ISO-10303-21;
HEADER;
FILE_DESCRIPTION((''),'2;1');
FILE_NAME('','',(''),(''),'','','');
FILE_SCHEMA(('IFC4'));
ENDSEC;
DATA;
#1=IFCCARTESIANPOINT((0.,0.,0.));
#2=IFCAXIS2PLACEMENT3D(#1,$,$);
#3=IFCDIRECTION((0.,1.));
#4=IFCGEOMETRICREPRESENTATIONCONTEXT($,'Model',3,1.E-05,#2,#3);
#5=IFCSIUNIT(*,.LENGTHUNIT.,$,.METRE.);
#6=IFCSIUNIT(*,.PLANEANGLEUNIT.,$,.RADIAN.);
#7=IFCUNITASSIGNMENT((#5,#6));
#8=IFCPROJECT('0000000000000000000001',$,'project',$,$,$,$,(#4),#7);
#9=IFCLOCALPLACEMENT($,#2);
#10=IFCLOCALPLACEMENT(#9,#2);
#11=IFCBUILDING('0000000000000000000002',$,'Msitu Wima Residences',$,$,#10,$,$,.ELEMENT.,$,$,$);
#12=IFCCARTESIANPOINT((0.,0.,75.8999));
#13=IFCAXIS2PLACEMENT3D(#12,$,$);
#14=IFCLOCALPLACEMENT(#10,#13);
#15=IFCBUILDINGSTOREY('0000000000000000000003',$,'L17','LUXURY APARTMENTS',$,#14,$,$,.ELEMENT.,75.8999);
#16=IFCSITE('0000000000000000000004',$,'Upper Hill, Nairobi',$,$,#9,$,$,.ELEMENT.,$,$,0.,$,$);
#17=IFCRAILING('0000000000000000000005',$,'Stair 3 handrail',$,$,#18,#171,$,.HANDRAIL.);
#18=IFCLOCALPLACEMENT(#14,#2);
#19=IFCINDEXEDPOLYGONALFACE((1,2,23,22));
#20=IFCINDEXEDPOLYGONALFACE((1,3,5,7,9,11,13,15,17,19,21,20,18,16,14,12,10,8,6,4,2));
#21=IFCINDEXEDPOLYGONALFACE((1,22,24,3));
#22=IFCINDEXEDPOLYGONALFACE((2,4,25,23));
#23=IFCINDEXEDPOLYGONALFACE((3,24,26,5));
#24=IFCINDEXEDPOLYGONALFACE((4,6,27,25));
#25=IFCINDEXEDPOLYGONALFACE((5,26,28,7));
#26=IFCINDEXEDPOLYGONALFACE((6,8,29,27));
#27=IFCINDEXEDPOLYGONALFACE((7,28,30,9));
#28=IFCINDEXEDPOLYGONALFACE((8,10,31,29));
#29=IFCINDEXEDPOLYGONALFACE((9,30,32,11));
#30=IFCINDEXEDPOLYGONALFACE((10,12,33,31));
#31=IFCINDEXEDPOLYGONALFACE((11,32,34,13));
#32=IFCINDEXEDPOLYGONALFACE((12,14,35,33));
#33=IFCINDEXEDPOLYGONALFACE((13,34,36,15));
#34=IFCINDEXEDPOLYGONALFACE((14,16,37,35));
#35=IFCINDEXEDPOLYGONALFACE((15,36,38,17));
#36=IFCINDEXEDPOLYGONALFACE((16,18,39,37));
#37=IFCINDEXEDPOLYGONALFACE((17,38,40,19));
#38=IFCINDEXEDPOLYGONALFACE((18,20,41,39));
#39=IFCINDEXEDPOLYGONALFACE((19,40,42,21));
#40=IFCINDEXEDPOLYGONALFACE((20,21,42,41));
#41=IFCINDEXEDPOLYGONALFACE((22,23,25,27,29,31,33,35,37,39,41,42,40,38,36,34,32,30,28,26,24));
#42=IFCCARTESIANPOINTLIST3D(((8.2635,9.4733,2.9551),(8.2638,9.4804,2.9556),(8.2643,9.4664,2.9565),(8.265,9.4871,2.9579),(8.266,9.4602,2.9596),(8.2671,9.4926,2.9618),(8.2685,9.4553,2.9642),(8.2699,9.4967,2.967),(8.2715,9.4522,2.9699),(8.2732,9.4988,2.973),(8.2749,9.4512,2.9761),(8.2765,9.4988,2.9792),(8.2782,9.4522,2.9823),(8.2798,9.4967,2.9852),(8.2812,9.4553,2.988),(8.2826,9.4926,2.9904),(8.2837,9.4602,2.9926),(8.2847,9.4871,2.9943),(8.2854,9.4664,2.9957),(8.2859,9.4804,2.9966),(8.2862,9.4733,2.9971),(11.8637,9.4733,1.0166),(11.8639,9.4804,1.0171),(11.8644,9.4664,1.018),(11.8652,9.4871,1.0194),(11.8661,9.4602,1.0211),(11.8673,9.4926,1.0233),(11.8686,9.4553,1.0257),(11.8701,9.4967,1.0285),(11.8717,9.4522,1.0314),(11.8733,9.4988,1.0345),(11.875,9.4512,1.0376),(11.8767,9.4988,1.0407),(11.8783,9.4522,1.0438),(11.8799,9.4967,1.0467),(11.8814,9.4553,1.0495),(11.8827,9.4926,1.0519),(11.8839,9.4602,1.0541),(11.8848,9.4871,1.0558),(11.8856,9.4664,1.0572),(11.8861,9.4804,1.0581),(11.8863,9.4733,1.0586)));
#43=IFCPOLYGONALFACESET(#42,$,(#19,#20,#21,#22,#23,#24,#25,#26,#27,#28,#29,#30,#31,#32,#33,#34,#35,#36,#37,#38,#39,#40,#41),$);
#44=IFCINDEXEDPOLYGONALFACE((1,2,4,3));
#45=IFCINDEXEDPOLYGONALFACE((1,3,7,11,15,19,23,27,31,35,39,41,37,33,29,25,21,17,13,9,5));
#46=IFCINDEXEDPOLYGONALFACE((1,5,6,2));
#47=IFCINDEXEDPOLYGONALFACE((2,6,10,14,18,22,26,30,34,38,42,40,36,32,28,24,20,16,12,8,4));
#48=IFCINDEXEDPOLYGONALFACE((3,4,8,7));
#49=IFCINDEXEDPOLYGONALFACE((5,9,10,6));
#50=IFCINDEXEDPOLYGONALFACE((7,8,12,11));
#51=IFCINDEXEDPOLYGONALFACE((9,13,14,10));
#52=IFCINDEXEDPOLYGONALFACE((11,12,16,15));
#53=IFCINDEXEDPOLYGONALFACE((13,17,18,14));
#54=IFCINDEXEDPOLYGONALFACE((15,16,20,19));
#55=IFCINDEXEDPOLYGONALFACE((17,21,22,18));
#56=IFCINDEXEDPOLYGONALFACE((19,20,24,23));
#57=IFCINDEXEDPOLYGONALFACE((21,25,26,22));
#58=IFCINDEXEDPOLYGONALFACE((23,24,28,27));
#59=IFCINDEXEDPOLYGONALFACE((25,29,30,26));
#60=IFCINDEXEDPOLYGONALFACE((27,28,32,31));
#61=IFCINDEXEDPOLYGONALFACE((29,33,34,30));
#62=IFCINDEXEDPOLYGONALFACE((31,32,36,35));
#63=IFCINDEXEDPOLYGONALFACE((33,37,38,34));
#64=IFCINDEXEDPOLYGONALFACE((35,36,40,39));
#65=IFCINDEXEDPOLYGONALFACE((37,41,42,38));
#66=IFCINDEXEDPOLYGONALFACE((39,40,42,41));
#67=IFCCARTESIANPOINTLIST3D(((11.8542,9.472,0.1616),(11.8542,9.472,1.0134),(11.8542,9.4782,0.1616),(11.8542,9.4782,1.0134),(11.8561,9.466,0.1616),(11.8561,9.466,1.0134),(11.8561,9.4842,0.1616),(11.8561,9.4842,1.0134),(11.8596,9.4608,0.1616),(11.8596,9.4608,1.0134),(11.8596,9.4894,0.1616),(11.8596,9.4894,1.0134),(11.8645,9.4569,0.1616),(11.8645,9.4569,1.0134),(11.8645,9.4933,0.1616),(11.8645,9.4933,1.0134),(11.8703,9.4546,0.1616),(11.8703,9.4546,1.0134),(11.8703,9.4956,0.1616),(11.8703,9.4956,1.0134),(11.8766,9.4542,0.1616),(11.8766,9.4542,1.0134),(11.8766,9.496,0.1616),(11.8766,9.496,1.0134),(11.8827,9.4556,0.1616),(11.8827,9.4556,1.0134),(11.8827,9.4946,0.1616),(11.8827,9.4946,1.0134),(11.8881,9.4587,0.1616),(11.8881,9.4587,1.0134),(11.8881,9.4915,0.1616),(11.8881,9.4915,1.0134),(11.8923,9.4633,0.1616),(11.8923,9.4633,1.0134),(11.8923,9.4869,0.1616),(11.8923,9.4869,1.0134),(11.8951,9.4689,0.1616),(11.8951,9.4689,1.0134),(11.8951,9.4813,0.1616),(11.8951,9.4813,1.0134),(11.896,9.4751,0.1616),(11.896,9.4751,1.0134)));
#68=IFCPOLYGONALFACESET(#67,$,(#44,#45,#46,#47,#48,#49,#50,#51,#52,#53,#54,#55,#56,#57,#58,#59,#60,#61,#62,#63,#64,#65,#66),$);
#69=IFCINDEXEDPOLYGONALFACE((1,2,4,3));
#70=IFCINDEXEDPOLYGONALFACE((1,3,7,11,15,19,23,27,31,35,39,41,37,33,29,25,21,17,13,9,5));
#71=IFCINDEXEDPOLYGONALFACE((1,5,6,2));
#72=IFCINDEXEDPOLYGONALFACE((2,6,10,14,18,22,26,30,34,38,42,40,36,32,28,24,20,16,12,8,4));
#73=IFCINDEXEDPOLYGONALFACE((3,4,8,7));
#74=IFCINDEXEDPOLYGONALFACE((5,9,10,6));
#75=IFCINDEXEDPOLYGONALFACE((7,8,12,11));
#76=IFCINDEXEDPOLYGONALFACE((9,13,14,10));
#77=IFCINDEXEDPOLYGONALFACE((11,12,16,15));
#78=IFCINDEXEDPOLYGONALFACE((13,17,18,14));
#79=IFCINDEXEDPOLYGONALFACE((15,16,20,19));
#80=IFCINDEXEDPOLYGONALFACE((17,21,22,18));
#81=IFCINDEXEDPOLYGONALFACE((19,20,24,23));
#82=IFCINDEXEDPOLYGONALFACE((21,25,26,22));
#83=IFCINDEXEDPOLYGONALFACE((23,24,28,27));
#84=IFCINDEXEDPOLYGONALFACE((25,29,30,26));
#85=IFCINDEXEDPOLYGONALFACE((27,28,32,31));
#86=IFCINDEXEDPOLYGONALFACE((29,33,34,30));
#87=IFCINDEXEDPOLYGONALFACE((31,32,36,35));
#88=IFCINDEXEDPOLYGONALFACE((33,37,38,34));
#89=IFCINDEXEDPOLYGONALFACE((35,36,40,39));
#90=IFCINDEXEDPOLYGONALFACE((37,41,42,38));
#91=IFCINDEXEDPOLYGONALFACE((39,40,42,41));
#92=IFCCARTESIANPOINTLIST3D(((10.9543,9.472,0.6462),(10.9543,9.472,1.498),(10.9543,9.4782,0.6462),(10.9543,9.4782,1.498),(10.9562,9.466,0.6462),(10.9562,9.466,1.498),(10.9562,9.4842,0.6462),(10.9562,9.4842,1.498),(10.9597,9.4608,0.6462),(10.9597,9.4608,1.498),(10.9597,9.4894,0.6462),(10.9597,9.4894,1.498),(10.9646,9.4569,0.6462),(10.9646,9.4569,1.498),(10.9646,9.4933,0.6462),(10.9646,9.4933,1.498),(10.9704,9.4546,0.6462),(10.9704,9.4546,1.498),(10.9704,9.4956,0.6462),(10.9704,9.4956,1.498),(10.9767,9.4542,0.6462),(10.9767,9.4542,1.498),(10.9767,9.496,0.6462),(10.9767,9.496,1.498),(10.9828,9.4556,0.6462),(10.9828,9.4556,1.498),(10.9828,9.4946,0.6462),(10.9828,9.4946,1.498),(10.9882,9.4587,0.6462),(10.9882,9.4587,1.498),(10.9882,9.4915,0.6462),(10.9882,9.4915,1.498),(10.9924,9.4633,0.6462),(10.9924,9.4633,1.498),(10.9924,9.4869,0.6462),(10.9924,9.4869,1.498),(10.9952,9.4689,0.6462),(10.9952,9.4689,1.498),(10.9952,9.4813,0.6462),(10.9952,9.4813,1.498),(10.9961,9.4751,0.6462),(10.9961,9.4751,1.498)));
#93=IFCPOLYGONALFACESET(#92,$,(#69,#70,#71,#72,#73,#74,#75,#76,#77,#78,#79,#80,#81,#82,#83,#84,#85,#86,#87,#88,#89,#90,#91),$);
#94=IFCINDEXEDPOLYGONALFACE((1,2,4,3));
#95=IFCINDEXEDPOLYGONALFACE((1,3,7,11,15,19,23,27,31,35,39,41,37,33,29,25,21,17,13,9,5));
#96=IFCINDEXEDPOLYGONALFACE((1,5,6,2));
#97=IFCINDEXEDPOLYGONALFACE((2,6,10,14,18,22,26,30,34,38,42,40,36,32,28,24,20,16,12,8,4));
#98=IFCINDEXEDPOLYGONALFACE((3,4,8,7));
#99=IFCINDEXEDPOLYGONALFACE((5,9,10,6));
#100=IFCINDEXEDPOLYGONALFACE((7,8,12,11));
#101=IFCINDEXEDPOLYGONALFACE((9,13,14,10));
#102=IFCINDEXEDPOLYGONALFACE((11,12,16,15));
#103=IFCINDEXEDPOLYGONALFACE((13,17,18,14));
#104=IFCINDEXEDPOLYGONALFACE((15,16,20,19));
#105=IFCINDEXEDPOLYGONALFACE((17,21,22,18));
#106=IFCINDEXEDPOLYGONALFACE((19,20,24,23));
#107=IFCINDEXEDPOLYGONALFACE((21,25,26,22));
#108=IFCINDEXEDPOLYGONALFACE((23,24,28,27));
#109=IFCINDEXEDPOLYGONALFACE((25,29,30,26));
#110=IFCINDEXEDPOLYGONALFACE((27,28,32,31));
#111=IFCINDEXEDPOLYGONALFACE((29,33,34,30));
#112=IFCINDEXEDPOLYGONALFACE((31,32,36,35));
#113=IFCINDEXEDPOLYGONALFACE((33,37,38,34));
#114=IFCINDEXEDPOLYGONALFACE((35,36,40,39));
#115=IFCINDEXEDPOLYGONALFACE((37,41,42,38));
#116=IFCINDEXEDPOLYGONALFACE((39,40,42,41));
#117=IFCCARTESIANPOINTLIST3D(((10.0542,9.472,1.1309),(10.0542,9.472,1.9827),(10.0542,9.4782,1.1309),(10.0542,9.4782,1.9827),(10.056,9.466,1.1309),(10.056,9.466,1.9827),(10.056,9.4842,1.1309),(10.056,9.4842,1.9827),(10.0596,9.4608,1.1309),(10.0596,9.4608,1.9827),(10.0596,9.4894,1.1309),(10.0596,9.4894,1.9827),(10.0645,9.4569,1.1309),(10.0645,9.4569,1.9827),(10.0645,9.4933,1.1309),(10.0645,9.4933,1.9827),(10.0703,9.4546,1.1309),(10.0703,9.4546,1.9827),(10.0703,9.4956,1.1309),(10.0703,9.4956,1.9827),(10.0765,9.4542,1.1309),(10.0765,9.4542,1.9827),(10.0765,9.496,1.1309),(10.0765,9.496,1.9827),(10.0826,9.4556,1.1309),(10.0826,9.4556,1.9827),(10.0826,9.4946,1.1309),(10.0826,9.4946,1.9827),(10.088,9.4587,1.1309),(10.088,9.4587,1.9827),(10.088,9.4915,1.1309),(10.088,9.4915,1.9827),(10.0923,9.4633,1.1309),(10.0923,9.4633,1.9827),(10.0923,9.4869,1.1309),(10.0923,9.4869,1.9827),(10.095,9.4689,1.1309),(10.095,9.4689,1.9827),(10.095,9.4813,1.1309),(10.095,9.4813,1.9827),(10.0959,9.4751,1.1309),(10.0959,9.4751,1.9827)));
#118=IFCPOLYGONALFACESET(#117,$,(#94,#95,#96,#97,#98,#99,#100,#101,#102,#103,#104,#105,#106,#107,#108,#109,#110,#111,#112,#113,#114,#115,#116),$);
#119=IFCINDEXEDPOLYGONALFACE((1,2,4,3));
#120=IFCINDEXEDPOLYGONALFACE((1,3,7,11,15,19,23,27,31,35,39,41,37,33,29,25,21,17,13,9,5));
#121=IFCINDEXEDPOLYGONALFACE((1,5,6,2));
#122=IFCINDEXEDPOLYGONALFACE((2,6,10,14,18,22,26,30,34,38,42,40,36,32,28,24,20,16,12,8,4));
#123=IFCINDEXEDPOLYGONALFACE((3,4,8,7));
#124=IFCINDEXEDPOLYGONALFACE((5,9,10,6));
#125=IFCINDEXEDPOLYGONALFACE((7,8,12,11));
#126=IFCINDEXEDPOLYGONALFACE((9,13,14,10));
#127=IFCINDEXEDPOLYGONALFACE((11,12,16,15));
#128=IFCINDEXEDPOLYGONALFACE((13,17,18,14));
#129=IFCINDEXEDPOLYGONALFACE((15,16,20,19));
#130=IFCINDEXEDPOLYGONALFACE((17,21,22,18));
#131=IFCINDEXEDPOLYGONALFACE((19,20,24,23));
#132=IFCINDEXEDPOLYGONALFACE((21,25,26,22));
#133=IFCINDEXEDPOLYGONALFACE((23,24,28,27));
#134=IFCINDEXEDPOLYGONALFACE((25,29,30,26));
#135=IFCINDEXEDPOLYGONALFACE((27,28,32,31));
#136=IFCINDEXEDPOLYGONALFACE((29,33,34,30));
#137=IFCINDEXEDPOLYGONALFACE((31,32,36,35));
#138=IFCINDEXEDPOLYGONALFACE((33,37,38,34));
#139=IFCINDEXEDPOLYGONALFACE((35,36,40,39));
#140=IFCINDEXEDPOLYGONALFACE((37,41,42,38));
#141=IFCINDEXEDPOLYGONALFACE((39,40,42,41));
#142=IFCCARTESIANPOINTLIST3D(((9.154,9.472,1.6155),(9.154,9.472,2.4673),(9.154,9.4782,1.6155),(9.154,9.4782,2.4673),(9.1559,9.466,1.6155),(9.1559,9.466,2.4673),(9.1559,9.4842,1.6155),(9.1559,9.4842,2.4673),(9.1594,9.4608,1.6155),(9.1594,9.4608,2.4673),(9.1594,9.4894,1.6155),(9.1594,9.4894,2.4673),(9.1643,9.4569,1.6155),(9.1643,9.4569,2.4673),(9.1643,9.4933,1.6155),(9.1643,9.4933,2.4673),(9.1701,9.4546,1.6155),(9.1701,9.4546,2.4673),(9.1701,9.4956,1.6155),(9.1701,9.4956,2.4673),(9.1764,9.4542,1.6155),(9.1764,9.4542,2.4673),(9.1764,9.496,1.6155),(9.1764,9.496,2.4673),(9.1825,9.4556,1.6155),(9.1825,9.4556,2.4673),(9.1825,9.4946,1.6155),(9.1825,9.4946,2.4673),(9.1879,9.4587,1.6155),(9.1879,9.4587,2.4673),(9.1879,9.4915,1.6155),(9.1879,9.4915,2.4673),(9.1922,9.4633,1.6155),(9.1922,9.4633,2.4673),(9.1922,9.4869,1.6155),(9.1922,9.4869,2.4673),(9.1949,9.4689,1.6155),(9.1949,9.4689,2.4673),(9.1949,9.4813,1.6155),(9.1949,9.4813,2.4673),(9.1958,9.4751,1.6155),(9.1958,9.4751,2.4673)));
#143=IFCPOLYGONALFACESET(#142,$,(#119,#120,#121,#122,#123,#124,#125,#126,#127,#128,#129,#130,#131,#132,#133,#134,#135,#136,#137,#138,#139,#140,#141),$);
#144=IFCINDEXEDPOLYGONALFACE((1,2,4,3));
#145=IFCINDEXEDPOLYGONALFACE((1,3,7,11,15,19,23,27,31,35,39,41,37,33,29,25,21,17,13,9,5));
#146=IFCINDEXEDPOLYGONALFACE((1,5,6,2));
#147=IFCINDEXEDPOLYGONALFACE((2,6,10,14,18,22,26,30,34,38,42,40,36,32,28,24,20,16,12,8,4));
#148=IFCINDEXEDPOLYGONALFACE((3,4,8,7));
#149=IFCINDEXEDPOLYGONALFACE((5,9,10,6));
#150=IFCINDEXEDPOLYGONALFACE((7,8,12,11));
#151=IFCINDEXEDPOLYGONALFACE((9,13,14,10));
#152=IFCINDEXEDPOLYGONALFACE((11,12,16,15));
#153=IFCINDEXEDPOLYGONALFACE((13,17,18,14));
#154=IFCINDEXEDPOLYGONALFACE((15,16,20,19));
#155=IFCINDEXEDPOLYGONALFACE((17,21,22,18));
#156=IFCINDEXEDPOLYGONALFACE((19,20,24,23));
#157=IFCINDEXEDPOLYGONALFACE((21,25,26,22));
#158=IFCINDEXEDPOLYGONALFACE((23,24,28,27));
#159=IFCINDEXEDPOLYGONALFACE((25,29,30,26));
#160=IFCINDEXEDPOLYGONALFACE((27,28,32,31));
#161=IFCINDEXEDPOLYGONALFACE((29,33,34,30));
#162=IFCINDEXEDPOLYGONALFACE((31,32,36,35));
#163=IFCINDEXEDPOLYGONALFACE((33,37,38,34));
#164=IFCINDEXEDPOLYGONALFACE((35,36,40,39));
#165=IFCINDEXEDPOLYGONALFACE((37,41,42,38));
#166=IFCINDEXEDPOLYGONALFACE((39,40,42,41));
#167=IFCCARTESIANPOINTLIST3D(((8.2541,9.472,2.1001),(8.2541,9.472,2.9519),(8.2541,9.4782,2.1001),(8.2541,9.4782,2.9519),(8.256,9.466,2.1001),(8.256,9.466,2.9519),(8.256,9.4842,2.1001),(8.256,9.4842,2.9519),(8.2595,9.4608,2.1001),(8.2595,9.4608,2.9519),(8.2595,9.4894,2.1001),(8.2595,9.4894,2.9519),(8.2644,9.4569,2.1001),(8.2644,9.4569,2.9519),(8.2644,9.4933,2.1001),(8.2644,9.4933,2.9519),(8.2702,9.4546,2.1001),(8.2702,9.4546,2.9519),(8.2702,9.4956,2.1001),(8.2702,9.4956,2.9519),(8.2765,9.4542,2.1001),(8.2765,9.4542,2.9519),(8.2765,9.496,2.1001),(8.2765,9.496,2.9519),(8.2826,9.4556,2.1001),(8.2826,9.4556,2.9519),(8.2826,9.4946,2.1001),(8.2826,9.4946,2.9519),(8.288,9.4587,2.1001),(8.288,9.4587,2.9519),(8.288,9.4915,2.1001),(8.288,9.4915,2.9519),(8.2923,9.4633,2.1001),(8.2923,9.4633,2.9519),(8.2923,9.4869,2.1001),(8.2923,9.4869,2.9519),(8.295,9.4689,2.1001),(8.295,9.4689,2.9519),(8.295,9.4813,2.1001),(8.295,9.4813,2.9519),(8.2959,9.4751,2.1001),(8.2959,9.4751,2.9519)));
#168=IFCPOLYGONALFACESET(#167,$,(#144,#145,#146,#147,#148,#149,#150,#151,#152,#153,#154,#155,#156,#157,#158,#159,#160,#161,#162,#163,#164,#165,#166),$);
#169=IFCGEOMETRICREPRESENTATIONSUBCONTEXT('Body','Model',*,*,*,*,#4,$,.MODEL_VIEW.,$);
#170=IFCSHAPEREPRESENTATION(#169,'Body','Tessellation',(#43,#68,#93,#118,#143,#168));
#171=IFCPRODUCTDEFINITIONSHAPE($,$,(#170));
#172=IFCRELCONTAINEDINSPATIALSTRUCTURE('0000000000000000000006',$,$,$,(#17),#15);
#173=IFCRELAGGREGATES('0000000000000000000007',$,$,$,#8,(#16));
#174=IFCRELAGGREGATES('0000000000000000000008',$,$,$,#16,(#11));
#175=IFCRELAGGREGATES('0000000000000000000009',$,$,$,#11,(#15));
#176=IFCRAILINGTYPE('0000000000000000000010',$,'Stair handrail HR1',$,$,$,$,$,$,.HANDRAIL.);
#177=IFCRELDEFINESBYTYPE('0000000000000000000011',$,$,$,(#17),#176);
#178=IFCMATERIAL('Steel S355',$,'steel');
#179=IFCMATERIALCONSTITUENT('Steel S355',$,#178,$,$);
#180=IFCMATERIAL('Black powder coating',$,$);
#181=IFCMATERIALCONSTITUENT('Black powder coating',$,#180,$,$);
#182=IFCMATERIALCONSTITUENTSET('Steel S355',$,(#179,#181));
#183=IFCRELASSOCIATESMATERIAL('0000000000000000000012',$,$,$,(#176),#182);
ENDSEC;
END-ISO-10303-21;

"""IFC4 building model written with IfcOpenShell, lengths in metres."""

from ifc_helpers import new_model, si_unit, direction, frame, origin, origin_2d, place, context, subcontext, project, spatial, circle, extrude, material, constituent, constituent_set, type_object, element, save


model = new_model("IFC4")

# Units and contexts
model_context = context("Model", 3, precision=1e-05, world=origin(), true_north=direction((0.0, 1.0)))
body_context = subcontext(model_context, "Body", "Model", "MODEL_VIEW")
ifc_project = project(units=[si_unit("LENGTHUNIT", "METRE"), si_unit("PLANEANGLEUNIT", "RADIAN")], contexts=[model_context])

# Site, building, storey
site_placement = place(None, origin())
site = spatial("IfcSite", under=ifc_project, at=site_placement, Name="Upper Hill, Nairobi", CompositionType="ELEMENT", RefElevation=0.0)
building_placement = place(site_placement, origin())
building = spatial("IfcBuilding", under=site, at=building_placement, Name="Msitu Wima Residences", CompositionType="ELEMENT")
storey_placement = place(building_placement, frame((0.0, 0.0, 75.8999)))
storey = spatial("IfcBuildingStorey", under=building, at=storey_placement, Name="L17", Description="LUXURY APARTMENTS", CompositionType="ELEMENT", Elevation=75.8999)

# Railing
ifc_material_1 = material(Name="Steel S355", Category="steel")
ifc_constituent_1 = constituent(ifc_material_1, Name="Steel S355")
ifc_material_2 = material(Name="Black powder coating")
ifc_constituent_2 = constituent(ifc_material_2, Name="Black powder coating")
ifc_constituent_set_1 = constituent_set(constituents=[ifc_constituent_1, ifc_constituent_2], Name="Steel S355")
railing_type_1 = type_object("IfcRailingType", Name="Stair handrail HR1", PredefinedType="HANDRAIL", material=ifc_constituent_set_1)
for number, where, name in (
    (1, (11.875, 9.4751, 0.1616), "Stair 3 handrail"),
):
    element("IfcRailing", number, at=place(storey_placement, frame(where)), inside=storey, type_object=railing_type_1, Name=name, PredefinedType="HANDRAIL", context=body_context, shape_type="SweptSolid", body=[
        extrude(circle(Radius=0.0239, at=origin_2d()), frame((0.0, 0.0, 0.876), z_axis=(-0.880475, 0.0, 0.474093), x_axis=(0.0, -1.0, 0.0)), (0.0, 0.0, 1.0), 4.0889),
        extrude(circle(Radius=0.021, at=origin_2d()), origin(), (0.0, 0.0, 1.0), 0.8518),
        extrude(circle(Radius=0.021, at=origin_2d()), frame((-0.8999, 0.0, 0.4846)), (0.0, 0.0, 1.0), 0.8518),
        extrude(circle(Radius=0.021, at=origin_2d()), frame((-1.8, 0.0, 0.9692)), (0.0, 0.0, 1.0), 0.8518),
        extrude(circle(Radius=0.021, at=origin_2d()), frame((-2.7002, 0.0, 1.4539)), (0.0, 0.0, 1.0), 0.8518),
        extrude(circle(Radius=0.021, at=origin_2d()), frame((-3.6001, 0.0, 1.9385)), (0.0, 0.0, 1.0), 0.8518),
    ])

save(model, "model.ifc")
